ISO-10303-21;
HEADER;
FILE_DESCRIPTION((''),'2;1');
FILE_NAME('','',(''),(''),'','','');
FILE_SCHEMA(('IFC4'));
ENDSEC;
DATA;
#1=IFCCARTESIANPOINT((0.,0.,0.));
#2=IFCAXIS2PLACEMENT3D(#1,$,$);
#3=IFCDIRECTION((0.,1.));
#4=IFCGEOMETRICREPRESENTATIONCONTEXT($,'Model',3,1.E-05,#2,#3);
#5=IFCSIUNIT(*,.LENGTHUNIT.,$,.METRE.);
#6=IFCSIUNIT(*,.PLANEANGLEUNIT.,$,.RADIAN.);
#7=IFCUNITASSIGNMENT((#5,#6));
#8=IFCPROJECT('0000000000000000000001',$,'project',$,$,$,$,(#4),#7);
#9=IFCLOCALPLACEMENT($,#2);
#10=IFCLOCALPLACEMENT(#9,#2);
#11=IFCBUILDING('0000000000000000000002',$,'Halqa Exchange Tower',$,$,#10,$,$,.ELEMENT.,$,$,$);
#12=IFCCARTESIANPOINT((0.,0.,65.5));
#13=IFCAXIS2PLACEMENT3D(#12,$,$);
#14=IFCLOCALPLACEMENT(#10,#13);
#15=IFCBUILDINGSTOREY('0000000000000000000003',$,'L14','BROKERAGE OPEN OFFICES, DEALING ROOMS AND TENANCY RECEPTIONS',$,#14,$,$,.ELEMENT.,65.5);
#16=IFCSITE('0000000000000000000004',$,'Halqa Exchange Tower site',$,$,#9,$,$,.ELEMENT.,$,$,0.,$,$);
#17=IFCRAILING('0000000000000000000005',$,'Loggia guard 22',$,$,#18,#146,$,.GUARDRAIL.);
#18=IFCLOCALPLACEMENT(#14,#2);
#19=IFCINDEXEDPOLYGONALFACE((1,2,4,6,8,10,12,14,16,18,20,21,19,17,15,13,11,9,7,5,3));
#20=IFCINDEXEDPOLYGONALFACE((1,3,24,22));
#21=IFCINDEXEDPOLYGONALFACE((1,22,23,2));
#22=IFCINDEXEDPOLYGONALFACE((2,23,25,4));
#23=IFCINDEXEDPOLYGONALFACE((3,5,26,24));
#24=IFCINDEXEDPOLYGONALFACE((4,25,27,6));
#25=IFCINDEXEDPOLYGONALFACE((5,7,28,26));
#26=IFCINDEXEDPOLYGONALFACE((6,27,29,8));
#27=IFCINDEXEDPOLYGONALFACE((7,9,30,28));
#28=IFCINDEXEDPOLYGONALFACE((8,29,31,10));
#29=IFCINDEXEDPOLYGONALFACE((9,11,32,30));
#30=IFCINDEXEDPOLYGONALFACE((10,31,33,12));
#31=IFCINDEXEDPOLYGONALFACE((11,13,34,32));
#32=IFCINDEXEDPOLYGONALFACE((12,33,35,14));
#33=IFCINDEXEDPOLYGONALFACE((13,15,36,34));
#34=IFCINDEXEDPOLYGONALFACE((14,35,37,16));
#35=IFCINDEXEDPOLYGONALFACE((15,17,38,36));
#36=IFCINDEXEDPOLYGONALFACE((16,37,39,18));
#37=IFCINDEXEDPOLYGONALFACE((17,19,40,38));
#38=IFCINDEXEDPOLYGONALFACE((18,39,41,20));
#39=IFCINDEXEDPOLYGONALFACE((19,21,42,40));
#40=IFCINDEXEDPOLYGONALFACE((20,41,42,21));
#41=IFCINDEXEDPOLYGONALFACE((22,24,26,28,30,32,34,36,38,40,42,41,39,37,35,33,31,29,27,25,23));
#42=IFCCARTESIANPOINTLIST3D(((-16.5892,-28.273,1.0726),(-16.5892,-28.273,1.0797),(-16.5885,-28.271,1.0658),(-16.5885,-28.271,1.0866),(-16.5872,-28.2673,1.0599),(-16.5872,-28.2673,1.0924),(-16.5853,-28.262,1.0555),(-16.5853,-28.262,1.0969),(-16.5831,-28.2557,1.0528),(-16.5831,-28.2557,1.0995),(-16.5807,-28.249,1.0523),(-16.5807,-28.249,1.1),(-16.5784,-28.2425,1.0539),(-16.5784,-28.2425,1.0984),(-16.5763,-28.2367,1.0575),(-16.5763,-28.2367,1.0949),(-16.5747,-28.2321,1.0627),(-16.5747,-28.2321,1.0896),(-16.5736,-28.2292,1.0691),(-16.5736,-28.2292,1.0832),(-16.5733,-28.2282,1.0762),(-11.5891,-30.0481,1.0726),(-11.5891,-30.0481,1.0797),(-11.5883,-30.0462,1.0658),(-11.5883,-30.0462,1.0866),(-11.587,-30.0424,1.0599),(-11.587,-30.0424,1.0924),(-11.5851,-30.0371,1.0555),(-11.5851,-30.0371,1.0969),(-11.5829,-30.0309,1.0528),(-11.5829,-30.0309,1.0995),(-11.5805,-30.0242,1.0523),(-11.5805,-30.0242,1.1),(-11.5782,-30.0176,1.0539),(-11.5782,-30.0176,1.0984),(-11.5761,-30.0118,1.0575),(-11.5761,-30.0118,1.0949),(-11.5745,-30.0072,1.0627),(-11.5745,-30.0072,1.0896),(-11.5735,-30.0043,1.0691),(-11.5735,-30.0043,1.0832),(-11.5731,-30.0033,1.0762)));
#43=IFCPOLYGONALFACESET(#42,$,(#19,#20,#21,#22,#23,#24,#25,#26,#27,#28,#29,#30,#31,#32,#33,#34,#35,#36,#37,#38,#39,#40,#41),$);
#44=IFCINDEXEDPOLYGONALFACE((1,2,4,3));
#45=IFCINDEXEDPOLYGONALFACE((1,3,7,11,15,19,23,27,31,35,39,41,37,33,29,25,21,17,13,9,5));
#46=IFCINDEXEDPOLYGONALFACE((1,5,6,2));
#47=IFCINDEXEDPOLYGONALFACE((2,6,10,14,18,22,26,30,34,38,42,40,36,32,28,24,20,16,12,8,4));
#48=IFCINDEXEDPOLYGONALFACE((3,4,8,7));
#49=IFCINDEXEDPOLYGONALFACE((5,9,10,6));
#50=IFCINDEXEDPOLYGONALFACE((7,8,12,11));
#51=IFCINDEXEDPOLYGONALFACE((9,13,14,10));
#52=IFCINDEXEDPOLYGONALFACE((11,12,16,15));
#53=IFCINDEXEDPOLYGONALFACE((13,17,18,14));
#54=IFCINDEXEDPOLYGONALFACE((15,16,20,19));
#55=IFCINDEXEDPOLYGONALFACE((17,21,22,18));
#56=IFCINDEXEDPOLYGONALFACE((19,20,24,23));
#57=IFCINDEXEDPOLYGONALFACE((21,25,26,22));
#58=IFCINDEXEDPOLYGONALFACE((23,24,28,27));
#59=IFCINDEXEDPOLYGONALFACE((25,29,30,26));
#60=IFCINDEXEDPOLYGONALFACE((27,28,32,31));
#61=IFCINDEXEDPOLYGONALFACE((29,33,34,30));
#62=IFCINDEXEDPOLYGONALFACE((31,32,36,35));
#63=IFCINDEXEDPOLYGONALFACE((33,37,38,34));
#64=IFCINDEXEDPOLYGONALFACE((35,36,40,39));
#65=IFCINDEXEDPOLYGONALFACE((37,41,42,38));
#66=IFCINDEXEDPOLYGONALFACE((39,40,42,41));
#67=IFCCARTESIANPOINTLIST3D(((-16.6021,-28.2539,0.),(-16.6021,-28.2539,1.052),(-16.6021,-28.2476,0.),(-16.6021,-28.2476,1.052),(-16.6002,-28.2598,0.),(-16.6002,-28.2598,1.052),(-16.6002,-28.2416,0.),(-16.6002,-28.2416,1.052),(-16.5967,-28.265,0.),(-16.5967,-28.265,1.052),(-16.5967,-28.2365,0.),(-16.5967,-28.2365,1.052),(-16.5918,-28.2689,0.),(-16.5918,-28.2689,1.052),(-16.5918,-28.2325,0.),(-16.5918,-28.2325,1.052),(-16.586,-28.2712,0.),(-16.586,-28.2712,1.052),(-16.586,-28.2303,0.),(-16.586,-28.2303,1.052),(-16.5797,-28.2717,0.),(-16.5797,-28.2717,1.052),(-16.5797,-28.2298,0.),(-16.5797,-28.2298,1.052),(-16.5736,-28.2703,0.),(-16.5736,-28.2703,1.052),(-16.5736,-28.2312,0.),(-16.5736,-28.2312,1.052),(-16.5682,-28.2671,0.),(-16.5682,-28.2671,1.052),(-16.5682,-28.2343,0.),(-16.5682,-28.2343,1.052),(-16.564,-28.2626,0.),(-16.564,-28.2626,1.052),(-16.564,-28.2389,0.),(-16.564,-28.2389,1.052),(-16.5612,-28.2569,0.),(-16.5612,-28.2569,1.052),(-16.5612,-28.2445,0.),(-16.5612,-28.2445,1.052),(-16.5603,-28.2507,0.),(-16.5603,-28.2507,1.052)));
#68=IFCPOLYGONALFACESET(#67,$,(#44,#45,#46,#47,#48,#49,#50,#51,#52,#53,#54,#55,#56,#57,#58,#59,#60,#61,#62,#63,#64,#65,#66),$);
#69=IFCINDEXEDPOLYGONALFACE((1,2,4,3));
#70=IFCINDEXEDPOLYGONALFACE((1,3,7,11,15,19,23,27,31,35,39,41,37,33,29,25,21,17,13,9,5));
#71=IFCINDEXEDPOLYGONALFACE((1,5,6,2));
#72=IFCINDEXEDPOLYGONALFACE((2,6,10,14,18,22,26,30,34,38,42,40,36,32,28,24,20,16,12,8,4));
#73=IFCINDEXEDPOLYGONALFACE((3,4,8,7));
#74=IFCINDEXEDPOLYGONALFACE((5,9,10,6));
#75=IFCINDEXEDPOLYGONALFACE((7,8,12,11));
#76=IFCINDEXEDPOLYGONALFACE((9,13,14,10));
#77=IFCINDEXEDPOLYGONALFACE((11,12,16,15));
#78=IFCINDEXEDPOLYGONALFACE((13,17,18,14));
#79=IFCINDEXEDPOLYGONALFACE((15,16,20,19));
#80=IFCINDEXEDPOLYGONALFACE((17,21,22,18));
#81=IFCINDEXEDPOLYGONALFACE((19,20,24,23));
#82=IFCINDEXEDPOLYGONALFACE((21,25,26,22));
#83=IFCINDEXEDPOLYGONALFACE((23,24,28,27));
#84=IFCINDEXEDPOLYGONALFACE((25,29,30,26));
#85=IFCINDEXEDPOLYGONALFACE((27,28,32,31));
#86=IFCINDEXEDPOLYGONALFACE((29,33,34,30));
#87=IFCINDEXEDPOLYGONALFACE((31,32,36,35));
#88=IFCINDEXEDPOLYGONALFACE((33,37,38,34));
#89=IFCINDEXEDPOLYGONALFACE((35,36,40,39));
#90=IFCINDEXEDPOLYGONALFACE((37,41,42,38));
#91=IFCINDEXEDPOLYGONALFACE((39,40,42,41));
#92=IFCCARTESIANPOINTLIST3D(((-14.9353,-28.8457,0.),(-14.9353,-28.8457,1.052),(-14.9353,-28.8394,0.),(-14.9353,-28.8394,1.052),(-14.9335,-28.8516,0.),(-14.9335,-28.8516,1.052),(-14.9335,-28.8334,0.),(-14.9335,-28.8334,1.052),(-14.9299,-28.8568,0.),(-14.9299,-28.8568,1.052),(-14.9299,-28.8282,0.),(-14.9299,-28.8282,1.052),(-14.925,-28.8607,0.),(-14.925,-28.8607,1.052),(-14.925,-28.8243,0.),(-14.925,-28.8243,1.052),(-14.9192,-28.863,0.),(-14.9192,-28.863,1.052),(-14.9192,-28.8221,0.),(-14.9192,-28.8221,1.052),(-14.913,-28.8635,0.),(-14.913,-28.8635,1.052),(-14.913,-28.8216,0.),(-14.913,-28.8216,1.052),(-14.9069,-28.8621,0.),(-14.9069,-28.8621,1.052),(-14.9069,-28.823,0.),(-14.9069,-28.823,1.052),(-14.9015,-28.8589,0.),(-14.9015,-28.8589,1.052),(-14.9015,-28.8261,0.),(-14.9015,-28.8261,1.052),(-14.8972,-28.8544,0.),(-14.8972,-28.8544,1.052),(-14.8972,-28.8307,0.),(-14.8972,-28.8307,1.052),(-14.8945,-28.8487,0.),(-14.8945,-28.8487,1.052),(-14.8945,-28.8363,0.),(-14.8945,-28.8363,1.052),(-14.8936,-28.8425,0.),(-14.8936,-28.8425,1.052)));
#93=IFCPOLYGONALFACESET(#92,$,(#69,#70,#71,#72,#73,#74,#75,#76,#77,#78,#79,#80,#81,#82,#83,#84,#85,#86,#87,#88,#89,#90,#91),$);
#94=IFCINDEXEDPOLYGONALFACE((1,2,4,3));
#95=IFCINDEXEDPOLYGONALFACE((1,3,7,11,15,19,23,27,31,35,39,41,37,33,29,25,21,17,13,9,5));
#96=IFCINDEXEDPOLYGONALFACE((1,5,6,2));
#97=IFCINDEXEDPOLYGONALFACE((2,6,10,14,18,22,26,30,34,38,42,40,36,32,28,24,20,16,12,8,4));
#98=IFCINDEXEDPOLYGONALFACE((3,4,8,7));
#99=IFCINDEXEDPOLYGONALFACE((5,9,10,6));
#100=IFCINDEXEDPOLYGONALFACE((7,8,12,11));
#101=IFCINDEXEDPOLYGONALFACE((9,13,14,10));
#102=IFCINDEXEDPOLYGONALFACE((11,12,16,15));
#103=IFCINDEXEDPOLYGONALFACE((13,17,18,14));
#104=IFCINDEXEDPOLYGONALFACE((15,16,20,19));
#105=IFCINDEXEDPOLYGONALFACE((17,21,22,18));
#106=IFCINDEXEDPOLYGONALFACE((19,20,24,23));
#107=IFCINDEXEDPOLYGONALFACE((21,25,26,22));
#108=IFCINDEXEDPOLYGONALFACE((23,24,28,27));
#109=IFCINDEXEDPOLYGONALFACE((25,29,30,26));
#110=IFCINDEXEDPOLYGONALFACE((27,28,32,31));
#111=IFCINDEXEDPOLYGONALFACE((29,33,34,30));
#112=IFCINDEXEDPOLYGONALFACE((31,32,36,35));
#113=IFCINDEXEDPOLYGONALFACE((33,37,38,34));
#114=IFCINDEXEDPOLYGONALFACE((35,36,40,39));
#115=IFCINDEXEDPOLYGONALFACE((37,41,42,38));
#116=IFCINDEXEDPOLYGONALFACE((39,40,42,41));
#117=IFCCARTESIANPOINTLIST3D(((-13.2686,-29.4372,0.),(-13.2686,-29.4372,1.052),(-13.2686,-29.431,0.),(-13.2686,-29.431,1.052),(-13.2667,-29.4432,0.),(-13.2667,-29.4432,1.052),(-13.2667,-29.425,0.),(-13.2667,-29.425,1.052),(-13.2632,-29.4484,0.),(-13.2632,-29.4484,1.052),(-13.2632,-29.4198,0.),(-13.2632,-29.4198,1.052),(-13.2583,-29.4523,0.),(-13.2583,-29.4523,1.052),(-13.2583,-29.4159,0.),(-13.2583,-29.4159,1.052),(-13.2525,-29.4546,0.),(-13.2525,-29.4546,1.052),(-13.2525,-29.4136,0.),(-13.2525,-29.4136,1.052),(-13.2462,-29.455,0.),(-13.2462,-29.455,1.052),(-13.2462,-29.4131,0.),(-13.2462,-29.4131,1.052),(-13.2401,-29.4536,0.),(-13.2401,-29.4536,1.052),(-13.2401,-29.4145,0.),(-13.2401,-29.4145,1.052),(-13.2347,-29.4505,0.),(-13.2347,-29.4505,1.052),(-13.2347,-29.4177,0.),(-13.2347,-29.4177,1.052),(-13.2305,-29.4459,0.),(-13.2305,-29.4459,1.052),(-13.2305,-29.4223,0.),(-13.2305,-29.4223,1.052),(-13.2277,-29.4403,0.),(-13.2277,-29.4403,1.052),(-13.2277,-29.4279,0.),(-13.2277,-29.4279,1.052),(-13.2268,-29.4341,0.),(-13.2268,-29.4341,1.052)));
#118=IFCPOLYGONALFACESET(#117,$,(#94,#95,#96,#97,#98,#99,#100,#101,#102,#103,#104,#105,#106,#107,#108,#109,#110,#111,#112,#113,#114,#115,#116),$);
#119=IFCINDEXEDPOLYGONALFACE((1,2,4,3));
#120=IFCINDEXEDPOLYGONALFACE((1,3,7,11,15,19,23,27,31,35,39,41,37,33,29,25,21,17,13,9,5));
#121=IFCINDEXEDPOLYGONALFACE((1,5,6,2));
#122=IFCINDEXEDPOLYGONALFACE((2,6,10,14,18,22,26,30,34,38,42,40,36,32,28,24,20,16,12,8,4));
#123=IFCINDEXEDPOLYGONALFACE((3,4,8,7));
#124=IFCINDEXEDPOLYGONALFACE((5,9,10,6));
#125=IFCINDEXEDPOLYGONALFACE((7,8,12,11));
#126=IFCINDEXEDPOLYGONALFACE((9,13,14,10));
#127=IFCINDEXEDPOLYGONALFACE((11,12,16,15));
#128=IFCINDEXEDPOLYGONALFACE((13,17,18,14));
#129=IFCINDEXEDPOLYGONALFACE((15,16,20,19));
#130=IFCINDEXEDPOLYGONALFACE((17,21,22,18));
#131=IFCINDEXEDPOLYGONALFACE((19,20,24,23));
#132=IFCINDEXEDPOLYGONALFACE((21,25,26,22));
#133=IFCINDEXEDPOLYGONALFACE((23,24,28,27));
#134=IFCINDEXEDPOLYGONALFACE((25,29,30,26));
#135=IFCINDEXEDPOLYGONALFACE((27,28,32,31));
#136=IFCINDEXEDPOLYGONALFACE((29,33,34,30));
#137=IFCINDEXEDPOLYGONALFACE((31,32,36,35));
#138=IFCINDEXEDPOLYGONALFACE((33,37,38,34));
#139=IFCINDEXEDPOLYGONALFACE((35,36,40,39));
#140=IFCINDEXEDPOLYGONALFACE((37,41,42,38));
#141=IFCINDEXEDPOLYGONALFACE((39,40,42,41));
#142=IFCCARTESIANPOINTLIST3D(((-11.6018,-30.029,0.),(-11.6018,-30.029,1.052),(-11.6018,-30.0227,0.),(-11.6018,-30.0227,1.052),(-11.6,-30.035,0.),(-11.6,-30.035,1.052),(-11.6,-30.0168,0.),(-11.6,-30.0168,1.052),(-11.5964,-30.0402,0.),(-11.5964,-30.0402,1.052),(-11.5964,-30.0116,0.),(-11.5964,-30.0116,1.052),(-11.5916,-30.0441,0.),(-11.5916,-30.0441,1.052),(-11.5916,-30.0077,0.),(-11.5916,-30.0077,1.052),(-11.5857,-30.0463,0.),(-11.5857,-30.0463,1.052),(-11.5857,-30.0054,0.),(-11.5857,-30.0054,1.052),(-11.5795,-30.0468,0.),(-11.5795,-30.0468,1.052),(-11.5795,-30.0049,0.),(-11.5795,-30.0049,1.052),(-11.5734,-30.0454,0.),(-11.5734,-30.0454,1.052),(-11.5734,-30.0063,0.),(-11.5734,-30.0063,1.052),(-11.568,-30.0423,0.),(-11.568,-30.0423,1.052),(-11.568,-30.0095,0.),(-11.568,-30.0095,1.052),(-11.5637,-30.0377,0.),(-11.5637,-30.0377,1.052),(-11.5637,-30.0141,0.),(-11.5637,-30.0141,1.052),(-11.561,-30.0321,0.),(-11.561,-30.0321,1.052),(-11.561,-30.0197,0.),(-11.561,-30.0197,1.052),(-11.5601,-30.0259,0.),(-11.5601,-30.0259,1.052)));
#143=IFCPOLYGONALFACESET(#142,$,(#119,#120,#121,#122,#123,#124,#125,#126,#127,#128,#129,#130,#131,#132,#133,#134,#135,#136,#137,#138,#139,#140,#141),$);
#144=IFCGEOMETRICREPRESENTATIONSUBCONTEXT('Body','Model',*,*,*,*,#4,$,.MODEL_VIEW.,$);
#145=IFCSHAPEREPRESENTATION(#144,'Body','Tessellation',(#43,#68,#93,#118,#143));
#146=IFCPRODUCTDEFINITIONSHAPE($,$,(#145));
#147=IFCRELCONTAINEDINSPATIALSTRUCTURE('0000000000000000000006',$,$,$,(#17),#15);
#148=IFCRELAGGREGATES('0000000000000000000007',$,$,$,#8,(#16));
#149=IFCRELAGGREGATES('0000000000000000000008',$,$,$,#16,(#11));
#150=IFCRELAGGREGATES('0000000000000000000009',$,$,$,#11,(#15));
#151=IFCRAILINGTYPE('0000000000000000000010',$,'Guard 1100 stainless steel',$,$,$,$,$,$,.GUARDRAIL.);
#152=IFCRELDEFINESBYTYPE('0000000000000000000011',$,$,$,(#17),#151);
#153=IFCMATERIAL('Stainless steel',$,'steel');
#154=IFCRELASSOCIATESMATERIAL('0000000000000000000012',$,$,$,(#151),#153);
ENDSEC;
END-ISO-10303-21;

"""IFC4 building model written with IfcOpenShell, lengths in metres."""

from ifc_helpers import new_model, si_unit, direction, frame, origin, origin_2d, place, context, subcontext, project, spatial, circle, extrude, material, type_object, element, save


model = new_model("IFC4")

# Units and contexts
model_context = context("Model", 3, precision=1e-05, world=origin(), true_north=direction((0.0, 1.0)))
body_context = subcontext(model_context, "Body", "Model", "MODEL_VIEW")
ifc_project = project(units=[si_unit("LENGTHUNIT", "METRE"), si_unit("PLANEANGLEUNIT", "RADIAN")], contexts=[model_context])

# Site, building, storey
site_placement = place(None, origin())
site = spatial("IfcSite", under=ifc_project, at=site_placement, Name="Halqa Exchange Tower site", CompositionType="ELEMENT", RefElevation=0.0)
building_placement = place(site_placement, origin())
building = spatial("IfcBuilding", under=site, at=building_placement, Name="Halqa Exchange Tower", CompositionType="ELEMENT")
storey_placement = place(building_placement, frame((0.0, 0.0, 65.5)))
storey = spatial("IfcBuildingStorey", under=building, at=storey_placement, Name="L14", Description="BROKERAGE OPEN OFFICES, DEALING ROOMS AND TENANCY RECEPTIONS", CompositionType="ELEMENT", Elevation=65.5)

# Railing
ifc_material_1 = material(Name="Stainless steel", Category="steel")
railing_type = type_object("IfcRailingType", Name="Guard 1100 stainless steel", PredefinedType="GUARDRAIL", material=ifc_material_1)
railing_1_placement = place(storey_placement, frame((-16.5813, -28.2507, 0.0)))
element("IfcRailing", 1, at=railing_1_placement, inside=storey, type_object=railing_type, Name="Loggia guard 22", PredefinedType="GUARDRAIL", context=body_context, shape_type="SweptSolid", body=[
    extrude(circle(Radius=0.0239, at=origin_2d()), frame((0.0, 0.0, 1.0762), z_axis=(0.942376, -0.334555, 0.0), x_axis=(0.334555, 0.942376, 0.0)), (0.0, 0.0, 1.0), 5.3059),
    extrude(circle(Radius=0.021, at=origin_2d()), origin(), (0.0, 0.0, 1.0), 1.052),
    extrude(circle(Radius=0.021, at=origin_2d()), frame((1.6667, -0.5918, 0.0)), (0.0, 0.0, 1.0), 1.052),
    extrude(circle(Radius=0.021, at=origin_2d()), frame((3.3335, -1.1833, 0.0)), (0.0, 0.0, 1.0), 1.052),
    extrude(circle(Radius=0.021, at=origin_2d()), frame((5.0002, -1.7751, 0.0)), (0.0, 0.0, 1.0), 1.052),
])

save(model, "model.ifc")
